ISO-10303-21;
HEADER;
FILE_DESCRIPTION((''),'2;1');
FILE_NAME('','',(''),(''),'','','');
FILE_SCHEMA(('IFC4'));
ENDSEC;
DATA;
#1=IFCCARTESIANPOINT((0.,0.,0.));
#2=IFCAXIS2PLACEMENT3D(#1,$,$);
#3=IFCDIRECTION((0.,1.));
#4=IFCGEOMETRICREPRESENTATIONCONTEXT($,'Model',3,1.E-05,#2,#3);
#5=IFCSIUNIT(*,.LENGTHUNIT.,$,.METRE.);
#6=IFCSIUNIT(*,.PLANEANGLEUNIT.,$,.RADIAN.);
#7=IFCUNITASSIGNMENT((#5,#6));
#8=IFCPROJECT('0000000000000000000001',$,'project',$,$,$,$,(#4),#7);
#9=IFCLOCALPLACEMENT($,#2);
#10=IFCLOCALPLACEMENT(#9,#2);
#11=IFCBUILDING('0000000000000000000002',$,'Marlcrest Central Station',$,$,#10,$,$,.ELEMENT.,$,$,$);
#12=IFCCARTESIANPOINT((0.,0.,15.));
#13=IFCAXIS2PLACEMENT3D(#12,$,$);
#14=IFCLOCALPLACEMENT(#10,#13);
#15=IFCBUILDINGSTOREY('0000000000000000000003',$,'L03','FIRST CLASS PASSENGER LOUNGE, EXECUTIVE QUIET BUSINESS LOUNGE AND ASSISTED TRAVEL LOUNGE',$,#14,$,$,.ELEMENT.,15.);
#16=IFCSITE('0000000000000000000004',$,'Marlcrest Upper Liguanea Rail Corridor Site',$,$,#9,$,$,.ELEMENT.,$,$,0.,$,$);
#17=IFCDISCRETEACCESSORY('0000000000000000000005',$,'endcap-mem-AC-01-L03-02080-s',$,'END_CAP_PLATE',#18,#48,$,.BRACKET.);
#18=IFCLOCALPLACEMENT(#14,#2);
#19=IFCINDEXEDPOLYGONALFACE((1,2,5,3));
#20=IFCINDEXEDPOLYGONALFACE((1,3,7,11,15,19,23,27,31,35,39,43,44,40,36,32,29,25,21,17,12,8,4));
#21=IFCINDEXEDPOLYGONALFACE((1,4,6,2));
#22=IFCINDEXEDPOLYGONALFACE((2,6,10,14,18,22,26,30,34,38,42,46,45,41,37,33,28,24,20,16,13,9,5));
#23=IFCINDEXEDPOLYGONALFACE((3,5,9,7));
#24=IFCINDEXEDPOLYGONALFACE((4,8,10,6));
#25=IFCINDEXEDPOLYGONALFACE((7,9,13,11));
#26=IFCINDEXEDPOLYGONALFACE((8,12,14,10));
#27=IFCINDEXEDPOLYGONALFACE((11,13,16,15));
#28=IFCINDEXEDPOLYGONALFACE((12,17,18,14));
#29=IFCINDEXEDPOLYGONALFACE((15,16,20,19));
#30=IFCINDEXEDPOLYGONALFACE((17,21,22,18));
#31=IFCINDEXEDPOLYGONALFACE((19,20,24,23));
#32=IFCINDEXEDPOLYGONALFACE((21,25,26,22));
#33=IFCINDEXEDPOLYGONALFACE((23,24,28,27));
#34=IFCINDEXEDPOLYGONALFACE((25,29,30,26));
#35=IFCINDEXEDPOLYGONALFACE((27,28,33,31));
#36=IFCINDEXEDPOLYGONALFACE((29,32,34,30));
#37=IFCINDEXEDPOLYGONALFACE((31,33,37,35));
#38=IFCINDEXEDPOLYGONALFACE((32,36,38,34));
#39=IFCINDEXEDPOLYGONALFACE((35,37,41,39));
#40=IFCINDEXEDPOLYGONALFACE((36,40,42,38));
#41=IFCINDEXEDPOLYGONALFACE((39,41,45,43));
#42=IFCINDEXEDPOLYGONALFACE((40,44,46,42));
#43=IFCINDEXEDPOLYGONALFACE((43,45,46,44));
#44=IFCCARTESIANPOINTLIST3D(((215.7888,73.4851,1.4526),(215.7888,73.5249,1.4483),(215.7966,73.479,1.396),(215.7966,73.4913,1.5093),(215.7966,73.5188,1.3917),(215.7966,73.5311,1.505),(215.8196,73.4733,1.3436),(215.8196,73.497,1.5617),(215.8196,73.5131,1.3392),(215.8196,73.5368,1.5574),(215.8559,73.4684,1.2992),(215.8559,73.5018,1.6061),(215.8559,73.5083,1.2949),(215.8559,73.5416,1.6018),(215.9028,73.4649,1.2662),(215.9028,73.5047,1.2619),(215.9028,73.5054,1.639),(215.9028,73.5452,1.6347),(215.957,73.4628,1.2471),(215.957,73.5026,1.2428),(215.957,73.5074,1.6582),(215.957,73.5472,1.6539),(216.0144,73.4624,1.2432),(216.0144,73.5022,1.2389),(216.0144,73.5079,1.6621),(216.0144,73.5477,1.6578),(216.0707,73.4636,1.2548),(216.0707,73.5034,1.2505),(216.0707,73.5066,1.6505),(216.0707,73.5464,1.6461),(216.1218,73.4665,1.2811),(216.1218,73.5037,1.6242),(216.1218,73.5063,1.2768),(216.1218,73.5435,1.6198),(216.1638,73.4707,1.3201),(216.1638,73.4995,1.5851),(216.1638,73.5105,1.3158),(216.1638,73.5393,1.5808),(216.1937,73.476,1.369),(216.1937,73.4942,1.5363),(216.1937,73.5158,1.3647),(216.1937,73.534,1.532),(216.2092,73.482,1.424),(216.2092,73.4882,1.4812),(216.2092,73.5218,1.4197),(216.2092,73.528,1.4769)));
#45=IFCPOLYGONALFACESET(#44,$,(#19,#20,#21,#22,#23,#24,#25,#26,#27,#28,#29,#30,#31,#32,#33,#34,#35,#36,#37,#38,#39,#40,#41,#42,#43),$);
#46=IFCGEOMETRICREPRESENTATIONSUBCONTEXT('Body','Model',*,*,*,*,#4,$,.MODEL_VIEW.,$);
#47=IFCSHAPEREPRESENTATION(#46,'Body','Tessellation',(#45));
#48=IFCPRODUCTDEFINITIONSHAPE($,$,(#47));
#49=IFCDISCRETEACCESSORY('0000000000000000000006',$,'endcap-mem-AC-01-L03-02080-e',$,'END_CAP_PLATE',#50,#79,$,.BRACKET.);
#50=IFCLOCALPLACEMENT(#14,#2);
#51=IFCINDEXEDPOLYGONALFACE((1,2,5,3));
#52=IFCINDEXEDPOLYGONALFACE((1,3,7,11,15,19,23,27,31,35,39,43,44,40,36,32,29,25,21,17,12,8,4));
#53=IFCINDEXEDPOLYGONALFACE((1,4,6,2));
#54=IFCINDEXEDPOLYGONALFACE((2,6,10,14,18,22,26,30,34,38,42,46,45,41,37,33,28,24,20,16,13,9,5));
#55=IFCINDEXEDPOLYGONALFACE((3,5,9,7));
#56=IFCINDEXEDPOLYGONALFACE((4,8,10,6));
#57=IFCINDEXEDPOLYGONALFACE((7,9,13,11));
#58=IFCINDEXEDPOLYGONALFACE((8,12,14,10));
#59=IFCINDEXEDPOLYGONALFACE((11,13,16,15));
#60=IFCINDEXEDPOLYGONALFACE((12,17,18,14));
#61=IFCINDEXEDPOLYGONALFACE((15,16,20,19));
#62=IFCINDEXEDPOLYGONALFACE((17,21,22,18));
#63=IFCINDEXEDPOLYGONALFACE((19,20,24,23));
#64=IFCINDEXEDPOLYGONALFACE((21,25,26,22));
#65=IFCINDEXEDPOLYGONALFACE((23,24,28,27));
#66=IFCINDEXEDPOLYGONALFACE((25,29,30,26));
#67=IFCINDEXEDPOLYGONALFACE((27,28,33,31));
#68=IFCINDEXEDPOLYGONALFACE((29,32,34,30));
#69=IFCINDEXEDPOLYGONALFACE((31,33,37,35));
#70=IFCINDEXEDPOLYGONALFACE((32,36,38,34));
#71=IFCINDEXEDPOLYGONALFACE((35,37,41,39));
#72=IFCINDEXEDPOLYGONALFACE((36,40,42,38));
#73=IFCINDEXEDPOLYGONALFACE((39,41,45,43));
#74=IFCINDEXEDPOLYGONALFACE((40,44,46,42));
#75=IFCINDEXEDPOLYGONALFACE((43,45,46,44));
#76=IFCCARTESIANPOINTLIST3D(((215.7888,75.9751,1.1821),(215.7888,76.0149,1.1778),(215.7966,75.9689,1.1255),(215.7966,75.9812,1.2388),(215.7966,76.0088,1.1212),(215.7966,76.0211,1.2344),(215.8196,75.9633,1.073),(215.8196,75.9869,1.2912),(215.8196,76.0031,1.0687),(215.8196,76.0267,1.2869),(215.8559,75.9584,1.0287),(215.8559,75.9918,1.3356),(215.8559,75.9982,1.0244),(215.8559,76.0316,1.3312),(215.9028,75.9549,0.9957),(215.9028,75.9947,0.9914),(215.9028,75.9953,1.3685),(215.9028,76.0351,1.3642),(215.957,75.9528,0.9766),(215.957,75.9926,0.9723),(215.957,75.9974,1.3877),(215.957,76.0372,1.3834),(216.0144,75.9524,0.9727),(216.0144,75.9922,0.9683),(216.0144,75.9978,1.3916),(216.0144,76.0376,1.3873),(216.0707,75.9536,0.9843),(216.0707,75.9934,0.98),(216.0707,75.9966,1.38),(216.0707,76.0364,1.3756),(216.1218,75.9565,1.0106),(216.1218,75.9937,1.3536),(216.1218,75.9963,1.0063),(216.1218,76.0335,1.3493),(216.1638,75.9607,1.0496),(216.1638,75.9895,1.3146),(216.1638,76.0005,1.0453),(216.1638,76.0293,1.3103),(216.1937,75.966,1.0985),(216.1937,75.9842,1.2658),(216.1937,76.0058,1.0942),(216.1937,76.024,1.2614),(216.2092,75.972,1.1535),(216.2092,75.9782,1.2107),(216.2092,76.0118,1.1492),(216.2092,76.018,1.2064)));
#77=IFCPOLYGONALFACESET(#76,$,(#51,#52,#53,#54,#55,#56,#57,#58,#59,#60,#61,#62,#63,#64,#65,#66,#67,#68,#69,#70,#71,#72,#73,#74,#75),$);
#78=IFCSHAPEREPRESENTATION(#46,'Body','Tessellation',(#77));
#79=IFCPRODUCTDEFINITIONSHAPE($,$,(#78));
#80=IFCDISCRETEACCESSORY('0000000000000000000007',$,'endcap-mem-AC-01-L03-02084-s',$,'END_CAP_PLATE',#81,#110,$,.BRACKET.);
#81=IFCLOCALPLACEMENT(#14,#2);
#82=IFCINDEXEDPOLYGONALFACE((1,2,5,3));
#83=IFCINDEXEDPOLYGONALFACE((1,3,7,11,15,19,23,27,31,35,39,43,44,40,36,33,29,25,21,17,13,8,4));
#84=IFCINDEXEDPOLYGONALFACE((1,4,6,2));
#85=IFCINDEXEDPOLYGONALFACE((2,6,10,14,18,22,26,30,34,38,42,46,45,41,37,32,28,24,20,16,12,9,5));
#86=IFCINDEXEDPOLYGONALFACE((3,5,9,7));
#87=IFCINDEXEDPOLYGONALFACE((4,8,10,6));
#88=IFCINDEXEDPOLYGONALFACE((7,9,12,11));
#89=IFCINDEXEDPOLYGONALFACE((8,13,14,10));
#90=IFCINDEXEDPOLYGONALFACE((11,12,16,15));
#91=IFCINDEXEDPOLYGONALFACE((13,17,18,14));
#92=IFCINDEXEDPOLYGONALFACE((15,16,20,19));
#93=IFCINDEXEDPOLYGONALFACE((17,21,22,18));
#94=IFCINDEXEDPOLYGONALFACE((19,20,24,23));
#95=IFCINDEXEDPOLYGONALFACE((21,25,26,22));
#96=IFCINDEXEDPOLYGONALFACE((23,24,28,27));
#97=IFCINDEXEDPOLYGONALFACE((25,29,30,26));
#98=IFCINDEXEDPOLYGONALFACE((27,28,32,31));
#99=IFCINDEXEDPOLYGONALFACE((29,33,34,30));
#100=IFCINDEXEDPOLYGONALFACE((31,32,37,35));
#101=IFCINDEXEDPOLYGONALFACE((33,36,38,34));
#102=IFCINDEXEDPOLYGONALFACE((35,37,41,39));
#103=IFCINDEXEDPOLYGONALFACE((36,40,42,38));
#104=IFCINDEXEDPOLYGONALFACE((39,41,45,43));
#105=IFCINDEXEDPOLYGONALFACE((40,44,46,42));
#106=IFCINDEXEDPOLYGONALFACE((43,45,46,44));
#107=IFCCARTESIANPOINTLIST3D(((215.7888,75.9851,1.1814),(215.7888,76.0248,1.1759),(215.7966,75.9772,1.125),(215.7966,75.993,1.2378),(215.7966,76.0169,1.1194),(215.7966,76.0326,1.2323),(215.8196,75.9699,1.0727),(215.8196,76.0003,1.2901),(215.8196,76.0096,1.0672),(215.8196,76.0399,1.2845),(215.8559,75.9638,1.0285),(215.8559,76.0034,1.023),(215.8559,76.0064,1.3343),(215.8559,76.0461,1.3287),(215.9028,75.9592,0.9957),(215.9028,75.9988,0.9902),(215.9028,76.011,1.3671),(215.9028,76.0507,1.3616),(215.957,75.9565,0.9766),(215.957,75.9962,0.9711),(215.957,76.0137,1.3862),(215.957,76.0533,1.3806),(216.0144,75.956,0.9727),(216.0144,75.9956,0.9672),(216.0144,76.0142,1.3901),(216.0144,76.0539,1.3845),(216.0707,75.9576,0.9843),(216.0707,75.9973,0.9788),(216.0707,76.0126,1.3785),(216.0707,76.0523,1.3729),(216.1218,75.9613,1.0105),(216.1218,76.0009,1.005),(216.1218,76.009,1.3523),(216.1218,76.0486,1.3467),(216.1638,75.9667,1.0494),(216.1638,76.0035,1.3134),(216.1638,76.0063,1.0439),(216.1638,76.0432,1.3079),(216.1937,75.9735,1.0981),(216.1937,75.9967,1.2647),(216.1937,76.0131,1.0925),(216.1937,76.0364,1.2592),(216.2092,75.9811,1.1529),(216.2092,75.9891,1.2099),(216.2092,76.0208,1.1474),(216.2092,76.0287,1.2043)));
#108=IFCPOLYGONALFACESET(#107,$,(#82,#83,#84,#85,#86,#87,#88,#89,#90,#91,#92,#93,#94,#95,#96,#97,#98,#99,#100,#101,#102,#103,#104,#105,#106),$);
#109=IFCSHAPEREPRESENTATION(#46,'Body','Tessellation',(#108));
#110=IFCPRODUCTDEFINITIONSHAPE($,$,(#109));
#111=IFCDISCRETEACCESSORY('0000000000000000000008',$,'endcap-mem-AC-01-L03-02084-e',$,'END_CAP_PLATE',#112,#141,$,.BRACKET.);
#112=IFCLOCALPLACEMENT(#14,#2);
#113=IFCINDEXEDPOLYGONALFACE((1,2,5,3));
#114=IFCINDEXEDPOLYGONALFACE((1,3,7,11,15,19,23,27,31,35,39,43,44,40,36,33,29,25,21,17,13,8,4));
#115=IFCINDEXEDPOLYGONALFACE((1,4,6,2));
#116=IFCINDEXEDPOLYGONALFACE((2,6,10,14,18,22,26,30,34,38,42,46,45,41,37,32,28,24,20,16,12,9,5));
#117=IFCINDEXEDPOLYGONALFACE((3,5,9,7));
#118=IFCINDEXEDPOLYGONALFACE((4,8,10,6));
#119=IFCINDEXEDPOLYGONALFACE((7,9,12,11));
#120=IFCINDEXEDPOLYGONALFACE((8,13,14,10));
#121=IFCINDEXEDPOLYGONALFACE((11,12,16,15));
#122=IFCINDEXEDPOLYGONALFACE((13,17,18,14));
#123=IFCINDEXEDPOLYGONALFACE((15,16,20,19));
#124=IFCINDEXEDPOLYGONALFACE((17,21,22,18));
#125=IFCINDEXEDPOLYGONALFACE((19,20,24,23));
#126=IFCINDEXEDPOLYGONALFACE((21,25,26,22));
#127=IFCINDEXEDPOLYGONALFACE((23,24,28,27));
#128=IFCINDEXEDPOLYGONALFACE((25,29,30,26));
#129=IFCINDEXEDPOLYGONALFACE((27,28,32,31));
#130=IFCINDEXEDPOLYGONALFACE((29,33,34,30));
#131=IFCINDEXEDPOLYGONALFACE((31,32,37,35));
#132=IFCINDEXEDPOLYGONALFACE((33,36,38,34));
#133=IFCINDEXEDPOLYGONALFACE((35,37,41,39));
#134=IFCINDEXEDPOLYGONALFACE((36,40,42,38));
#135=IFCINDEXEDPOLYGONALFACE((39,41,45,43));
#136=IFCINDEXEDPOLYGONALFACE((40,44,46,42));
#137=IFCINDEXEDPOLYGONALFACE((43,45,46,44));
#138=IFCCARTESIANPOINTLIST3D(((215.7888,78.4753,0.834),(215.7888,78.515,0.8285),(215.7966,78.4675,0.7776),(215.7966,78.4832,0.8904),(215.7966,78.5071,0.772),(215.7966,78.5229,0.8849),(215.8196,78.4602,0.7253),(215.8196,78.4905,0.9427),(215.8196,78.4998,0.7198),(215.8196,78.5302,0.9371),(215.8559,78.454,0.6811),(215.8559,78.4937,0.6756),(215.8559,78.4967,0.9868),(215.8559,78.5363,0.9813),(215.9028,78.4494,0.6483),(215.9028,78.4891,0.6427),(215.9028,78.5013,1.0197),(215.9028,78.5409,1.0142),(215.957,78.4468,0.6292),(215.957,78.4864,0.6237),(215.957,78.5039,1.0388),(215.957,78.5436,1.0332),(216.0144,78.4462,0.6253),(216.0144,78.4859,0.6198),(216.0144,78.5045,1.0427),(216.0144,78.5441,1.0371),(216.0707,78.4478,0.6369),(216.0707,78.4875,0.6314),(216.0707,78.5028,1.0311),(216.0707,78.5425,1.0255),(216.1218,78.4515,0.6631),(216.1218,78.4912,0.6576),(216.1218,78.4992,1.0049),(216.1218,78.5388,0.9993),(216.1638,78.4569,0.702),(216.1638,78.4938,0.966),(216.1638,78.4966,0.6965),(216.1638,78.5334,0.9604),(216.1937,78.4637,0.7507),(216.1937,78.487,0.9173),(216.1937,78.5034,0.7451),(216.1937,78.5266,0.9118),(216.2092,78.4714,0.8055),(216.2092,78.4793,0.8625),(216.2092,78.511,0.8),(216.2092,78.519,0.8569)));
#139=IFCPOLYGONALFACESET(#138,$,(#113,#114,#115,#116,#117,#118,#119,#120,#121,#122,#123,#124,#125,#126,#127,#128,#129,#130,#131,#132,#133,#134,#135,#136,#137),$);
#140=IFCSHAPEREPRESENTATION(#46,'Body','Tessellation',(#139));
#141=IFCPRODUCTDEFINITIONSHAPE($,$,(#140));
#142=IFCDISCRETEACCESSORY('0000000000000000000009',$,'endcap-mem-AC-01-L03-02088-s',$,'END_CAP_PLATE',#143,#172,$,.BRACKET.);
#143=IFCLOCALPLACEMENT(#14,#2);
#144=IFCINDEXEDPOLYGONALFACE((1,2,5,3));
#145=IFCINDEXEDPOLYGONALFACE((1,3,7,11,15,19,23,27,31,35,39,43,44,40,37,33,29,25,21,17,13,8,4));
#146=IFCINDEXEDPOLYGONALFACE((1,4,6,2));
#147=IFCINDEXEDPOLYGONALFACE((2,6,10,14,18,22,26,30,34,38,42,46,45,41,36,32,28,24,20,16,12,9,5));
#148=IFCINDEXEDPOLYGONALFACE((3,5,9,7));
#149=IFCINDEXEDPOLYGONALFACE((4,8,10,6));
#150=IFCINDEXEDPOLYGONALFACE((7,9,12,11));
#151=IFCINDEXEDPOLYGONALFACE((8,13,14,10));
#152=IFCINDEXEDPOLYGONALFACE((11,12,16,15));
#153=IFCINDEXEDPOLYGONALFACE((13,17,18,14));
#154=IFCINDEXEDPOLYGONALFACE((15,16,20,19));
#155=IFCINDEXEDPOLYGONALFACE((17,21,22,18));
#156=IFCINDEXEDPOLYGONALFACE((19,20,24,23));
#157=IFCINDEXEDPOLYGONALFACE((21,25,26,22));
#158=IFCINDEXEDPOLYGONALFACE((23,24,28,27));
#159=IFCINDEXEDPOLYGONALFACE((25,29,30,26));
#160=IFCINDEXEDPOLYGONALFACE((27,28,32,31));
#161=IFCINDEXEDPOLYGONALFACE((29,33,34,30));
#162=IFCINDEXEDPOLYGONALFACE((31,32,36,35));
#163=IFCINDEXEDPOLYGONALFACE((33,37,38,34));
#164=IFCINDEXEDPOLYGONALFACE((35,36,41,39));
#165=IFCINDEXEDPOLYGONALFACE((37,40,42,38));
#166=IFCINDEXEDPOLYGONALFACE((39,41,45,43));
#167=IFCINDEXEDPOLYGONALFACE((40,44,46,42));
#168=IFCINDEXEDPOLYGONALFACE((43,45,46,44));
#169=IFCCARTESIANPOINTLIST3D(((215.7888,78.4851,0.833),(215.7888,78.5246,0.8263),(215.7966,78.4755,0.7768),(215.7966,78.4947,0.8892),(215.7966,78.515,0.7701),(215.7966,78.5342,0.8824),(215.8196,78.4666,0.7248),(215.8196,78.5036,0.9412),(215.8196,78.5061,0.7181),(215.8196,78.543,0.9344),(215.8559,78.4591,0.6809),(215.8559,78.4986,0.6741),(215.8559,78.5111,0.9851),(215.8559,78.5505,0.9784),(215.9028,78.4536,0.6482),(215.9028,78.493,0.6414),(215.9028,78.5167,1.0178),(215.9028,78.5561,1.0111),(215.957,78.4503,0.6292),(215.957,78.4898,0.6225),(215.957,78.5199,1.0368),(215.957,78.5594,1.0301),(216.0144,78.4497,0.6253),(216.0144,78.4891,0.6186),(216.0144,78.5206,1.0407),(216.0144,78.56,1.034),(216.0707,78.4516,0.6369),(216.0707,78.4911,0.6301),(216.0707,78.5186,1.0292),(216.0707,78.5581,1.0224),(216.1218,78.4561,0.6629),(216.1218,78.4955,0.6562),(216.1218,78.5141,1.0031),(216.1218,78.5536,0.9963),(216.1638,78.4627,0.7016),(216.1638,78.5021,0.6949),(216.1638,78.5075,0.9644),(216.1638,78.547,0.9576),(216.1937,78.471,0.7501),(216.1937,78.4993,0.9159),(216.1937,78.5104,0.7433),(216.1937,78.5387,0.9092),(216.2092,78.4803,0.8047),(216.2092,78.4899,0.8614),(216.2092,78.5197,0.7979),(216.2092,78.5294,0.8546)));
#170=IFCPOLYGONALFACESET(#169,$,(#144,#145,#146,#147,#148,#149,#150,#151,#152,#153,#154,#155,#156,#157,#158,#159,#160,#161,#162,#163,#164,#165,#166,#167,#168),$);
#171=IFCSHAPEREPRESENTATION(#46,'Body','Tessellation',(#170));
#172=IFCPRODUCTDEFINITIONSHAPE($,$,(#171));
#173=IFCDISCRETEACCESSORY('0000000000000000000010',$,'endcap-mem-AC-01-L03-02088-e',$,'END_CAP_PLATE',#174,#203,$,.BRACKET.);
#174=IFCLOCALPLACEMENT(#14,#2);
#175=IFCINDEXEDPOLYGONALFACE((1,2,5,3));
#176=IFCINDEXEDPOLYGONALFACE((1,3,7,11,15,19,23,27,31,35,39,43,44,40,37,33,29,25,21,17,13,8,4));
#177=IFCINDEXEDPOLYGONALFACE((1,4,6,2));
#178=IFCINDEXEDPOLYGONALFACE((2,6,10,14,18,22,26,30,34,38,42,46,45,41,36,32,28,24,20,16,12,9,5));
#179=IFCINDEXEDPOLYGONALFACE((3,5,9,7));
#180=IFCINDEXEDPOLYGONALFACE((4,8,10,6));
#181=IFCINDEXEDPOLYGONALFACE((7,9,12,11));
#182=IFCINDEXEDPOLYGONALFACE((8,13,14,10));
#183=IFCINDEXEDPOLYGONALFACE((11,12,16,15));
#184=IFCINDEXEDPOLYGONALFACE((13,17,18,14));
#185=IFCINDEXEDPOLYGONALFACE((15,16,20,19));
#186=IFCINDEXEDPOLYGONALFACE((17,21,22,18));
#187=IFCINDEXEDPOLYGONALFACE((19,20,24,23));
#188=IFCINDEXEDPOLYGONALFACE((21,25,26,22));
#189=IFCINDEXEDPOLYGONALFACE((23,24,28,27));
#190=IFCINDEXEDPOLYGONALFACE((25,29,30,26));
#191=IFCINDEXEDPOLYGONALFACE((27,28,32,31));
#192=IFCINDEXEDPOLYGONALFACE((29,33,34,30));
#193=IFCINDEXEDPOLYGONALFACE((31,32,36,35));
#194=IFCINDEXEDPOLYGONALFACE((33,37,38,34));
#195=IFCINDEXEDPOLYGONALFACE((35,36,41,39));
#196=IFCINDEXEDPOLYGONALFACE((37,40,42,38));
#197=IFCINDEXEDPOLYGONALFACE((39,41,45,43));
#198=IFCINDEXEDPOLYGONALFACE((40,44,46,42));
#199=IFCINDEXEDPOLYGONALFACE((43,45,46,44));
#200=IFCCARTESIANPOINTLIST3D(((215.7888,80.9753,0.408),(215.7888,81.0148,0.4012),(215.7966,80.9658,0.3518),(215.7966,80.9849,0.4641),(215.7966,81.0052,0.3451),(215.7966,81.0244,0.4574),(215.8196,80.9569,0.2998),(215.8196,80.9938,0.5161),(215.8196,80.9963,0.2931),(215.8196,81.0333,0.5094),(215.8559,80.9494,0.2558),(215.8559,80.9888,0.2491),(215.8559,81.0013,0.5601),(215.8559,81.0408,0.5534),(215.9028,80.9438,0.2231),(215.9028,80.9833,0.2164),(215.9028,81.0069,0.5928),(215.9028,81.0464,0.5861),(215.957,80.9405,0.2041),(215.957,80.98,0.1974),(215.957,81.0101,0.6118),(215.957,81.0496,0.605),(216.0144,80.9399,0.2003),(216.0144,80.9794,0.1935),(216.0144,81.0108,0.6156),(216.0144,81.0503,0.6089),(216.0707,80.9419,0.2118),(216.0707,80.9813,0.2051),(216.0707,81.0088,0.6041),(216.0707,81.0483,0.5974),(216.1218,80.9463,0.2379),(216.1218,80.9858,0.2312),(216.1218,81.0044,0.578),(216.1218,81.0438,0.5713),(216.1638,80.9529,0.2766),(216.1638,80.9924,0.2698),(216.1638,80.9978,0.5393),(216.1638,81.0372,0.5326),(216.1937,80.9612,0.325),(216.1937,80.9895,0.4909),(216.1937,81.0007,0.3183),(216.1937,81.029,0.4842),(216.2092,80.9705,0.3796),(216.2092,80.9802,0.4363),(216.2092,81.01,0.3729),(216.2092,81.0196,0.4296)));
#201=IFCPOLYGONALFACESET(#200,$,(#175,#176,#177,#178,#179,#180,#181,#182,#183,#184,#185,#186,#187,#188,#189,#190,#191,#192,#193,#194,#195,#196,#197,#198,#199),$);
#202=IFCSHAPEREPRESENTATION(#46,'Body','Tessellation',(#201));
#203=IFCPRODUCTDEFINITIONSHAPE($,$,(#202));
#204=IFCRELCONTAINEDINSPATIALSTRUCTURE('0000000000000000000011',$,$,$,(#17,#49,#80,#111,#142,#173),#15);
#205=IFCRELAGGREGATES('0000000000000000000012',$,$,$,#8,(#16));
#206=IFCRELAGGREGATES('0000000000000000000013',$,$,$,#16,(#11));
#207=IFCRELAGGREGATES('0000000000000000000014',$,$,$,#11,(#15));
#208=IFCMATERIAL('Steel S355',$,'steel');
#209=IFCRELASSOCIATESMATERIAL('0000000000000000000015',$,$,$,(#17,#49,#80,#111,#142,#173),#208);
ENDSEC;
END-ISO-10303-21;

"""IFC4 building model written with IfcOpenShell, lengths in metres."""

from ifc_helpers import new_model, si_unit, direction, frame, origin, origin_2d, place, context, subcontext, project, spatial, circle, extrude, material, element, save


model = new_model("IFC4")

# Units and contexts
model_context = context("Model", 3, precision=1e-05, world=origin(), true_north=direction((0.0, 1.0)))
body_context = subcontext(model_context, "Body", "Model", "MODEL_VIEW")
ifc_project = project(units=[si_unit("LENGTHUNIT", "METRE"), si_unit("PLANEANGLEUNIT", "RADIAN")], contexts=[model_context])

# Site, building, storey
site_placement = place(None, origin())
site = spatial("IfcSite", under=ifc_project, at=site_placement, Name="Marlcrest Upper Liguanea Rail Corridor Site", CompositionType="ELEMENT", RefElevation=0.0)
building_placement = place(site_placement, origin())
building = spatial("IfcBuilding", under=site, at=building_placement, Name="Marlcrest Central Station", CompositionType="ELEMENT")
storey_placement = place(building_placement, frame((0.0, 0.0, 15.0)))
storey = spatial("IfcBuildingStorey", under=building, at=storey_placement, Name="L03", Description="FIRST CLASS PASSENGER LOUNGE, EXECUTIVE QUIET BUSINESS LOUNGE AND ASSISTED TRAVEL LOUNGE", CompositionType="ELEMENT", Elevation=15.0)

# Shared definitions
ifc_material_1 = material(Name="Steel S355", Category="steel")

# Discrete accessories
for number, where, z_axis, x_axis, name in (
    (1, (216.0, 73.4851, 1.4526), (0.0, 0.994155, -0.107959), (-1.0, 0.0, 0.0), "endcap-mem-AC-01-L03-02080-s"),
    (2, (216.0, 75.9751, 1.1821), (0.0, 0.994155, -0.107959), (-1.0, 0.0, 0.0), "endcap-mem-AC-01-L03-02080-e"),
    (3, (216.0, 75.9851, 1.1814), (0.0, 0.990403, -0.138211), (-1.0, 0.0, 0.0), "endcap-mem-AC-01-L03-02084-s"),
    (4, (216.0, 78.4753, 0.834), (0.0, 0.990403, -0.138211), (-1.0, 0.0, 0.0), "endcap-mem-AC-01-L03-02084-e"),
    (5, (216.0, 78.4851, 0.833), (0.0, 0.985741, -0.168269), (-1.0, 0.0, 0.0), "endcap-mem-AC-01-L03-02088-s"),
    (6, (216.0, 80.9753, 0.408), (0.0, 0.985741, -0.168269), (-1.0, 0.0, 0.0), "endcap-mem-AC-01-L03-02088-e"),
):
    element("IfcDiscreteAccessory", number, at=place(storey_placement, frame(where, z_axis=z_axis, x_axis=x_axis)), inside=storey, material=ifc_material_1, Name=name, ObjectType="END_CAP_PLATE", PredefinedType="BRACKET", context=body_context, shape_type="SweptSolid", body=[
        extrude(circle(Radius=0.2112, at=origin_2d()), origin(), (0.0, 0.0, 1.0), 0.04),
    ])

save(model, "model.ifc")
